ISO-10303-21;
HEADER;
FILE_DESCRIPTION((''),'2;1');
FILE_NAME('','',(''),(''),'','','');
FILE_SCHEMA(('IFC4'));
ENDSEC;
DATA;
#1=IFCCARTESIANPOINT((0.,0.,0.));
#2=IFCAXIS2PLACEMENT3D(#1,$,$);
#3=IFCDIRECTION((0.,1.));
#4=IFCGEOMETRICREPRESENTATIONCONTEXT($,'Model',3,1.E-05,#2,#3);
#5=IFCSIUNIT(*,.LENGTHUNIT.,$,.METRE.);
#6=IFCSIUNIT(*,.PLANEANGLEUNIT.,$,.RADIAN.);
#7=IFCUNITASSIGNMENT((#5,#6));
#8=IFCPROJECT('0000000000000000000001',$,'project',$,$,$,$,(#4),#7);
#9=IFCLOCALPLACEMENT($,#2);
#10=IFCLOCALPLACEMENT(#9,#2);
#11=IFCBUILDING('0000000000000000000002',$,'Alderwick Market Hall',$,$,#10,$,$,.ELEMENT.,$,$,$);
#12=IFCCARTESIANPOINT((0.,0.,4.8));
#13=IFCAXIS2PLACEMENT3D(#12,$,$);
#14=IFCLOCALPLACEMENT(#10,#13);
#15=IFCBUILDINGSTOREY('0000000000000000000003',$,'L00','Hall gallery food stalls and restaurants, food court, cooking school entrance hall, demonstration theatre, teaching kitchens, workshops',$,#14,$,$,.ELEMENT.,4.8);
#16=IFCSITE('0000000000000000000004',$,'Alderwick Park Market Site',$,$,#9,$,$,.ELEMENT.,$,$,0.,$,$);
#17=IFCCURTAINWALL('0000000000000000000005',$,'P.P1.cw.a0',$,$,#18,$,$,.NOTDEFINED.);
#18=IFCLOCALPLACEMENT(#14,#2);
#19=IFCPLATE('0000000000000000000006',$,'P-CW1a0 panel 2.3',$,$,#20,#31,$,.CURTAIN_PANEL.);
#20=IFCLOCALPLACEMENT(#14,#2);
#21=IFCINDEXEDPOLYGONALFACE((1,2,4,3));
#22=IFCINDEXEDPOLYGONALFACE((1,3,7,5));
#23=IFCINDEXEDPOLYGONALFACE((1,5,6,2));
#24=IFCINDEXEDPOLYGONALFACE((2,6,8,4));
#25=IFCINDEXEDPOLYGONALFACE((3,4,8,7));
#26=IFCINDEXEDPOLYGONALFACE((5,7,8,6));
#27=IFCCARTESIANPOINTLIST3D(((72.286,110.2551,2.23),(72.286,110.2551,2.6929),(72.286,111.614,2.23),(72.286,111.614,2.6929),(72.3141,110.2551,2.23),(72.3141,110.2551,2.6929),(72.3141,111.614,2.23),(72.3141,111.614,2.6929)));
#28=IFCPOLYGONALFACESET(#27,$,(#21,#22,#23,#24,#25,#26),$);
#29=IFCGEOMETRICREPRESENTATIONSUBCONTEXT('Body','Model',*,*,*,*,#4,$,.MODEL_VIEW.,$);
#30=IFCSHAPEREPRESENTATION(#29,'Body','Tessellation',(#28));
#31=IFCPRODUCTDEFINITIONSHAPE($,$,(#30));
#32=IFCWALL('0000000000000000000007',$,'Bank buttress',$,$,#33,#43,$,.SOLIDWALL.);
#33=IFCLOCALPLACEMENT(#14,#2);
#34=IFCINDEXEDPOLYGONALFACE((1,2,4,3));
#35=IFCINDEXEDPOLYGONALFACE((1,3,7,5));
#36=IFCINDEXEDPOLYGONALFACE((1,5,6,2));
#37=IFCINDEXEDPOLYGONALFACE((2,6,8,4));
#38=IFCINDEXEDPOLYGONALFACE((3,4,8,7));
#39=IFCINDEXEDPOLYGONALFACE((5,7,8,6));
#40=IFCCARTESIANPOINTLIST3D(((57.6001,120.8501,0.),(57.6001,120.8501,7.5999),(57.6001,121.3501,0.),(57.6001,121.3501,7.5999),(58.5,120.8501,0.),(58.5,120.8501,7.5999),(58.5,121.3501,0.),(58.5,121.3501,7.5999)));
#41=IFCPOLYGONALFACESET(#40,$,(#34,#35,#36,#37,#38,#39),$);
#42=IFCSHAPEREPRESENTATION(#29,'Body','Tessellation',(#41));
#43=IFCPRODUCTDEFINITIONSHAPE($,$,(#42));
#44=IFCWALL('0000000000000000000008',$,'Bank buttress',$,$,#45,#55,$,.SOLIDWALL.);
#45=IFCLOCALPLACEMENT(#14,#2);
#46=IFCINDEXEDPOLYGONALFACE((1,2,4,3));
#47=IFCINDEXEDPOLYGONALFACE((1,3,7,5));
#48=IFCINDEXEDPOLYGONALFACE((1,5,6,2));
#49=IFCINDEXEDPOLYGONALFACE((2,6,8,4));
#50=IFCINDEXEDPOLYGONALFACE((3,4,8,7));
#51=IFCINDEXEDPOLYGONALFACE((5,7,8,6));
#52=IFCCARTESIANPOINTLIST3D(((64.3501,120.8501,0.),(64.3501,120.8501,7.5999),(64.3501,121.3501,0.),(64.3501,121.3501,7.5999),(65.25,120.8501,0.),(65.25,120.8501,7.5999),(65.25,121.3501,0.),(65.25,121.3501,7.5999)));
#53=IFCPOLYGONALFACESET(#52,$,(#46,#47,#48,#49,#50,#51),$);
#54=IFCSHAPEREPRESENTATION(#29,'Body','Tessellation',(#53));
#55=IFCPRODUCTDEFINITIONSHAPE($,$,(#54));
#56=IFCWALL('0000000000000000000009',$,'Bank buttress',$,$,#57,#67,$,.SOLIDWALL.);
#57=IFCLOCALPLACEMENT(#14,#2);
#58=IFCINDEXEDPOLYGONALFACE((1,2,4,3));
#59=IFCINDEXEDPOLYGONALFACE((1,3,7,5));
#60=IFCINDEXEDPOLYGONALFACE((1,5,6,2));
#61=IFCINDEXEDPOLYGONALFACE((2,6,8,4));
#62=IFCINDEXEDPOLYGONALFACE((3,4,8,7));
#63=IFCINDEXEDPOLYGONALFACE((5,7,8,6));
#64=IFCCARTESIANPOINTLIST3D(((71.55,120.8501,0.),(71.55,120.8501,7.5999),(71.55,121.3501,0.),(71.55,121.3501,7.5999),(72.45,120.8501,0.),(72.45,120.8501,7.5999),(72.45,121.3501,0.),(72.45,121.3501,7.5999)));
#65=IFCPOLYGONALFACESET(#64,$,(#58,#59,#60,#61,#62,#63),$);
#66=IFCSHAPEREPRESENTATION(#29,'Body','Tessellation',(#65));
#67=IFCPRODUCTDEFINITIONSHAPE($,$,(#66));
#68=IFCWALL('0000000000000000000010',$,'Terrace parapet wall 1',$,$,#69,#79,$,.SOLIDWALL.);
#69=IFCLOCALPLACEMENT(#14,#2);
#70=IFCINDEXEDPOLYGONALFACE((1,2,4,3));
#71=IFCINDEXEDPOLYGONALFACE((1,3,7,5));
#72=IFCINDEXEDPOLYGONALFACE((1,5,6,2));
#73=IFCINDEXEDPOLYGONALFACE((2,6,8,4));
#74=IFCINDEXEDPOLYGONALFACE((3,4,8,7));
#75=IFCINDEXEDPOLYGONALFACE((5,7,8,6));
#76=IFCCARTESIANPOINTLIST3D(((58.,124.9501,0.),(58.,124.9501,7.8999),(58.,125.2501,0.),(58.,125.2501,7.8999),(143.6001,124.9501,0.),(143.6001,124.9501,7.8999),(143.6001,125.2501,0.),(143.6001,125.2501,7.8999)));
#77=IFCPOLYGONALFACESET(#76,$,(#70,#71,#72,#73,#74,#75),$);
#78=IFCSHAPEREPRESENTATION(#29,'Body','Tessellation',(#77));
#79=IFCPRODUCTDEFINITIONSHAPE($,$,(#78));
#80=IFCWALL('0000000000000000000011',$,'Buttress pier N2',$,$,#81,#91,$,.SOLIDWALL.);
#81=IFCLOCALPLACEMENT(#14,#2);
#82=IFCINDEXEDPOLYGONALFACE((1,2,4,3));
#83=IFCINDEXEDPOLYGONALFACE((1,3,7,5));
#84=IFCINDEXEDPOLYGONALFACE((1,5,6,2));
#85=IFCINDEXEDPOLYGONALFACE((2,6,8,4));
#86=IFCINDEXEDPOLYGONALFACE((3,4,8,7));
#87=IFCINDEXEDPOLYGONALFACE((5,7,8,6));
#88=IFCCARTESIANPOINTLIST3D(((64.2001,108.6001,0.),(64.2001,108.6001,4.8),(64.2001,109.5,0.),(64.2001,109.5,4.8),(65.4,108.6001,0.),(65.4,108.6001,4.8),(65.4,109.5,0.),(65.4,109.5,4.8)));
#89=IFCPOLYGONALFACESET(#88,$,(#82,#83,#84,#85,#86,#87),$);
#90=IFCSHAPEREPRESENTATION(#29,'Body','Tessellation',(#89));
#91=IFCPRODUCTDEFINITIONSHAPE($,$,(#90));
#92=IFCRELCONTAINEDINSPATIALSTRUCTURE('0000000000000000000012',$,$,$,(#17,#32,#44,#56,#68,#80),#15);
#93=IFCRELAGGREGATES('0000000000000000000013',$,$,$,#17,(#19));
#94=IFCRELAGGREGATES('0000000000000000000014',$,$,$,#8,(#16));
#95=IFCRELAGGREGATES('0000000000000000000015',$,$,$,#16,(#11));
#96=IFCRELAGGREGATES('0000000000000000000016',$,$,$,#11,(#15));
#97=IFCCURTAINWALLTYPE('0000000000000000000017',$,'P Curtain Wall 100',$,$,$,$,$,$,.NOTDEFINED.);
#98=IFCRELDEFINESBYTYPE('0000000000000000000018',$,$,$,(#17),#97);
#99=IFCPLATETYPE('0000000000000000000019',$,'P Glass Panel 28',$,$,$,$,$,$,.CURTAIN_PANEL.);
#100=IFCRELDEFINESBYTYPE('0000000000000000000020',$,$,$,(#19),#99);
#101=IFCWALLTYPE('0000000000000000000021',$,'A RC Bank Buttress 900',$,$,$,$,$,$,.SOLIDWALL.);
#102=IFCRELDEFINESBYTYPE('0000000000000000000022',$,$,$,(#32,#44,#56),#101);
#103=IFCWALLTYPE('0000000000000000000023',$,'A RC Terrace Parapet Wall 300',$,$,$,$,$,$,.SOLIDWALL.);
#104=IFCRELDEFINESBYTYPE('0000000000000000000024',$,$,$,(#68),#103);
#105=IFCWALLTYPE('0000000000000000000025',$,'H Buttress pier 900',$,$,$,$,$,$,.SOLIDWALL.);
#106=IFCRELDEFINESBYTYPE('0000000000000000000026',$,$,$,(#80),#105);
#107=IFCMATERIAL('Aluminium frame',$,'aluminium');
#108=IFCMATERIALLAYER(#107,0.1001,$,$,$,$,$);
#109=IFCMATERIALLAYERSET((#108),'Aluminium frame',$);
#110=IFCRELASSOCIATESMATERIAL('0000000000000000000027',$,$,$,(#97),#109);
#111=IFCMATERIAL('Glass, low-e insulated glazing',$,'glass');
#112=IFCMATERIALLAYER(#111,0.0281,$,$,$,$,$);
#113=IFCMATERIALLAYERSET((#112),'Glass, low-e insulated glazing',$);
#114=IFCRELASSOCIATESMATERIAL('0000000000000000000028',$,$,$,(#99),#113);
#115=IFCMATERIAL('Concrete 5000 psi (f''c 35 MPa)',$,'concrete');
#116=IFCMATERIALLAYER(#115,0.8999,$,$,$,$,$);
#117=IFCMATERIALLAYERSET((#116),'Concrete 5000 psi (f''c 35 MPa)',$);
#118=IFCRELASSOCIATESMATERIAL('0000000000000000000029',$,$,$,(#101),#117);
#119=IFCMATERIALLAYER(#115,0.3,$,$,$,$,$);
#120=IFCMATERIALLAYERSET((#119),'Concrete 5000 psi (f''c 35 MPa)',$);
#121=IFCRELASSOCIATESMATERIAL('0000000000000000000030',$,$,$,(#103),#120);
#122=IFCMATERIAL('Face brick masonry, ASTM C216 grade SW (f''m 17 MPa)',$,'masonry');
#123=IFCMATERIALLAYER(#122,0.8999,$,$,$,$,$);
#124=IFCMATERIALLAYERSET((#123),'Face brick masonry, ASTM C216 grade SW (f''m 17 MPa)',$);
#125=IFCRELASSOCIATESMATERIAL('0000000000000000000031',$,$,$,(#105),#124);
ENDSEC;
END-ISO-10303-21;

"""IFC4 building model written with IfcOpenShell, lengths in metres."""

from ifc_helpers import new_model, si_unit, direction, frame, frame_2d, origin, origin_2d, place, context, subcontext, project, spatial, rectangle, extrude, material, layer, layer_set, type_object, element, aggregate, save


model = new_model("IFC4")

# Units and contexts
model_context = context("Model", 3, precision=1e-05, world=origin(), true_north=direction((0.0, 1.0)))
body_context = subcontext(model_context, "Body", "Model", "MODEL_VIEW")
ifc_project = project(units=[si_unit("LENGTHUNIT", "METRE"), si_unit("PLANEANGLEUNIT", "RADIAN")], contexts=[model_context])

# Site, building, storey
site_placement = place(None, origin())
site = spatial("IfcSite", under=ifc_project, at=site_placement, Name="Alderwick Park Market Site", CompositionType="ELEMENT", RefElevation=0.0)
building_placement = place(site_placement, origin())
building = spatial("IfcBuilding", under=site, at=building_placement, Name="Alderwick Market Hall", CompositionType="ELEMENT")
storey_placement = place(building_placement, frame((0.0, 0.0, 4.8)))
storey = spatial("IfcBuildingStorey", under=building, at=storey_placement, Name="L00", Description="Hall gallery food stalls and restaurants, food court, cooking school entrance hall, demonstration theatre, teaching kitchens, workshops", CompositionType="ELEMENT", Elevation=4.8)

# Curtain wall, plate
ifc_material_1 = material(Name="Aluminium frame", Category="aluminium")
ifc_layer_1 = layer(ifc_material_1, 0.1001)
ifc_layer_set_1 = layer_set([ifc_layer_1], Name="Aluminium frame")
curtain_wall_type = type_object("IfcCurtainWallType", Name="P Curtain Wall 100", PredefinedType="NOTDEFINED", material=ifc_layer_set_1)
curtain_wall_placement = place(storey_placement, origin())
curtain_wall = element("IfcCurtainWall", 1, at=curtain_wall_placement, inside=storey, type_object=curtain_wall_type, Name="P.P1.cw.a0", PredefinedType="NOTDEFINED")
ifc_material_2 = material(Name="Glass, low-e insulated glazing", Category="glass")
ifc_layer_2 = layer(ifc_material_2, 0.0281)
ifc_layer_set_2 = layer_set([ifc_layer_2], Name="Glass, low-e insulated glazing")
plate_type = type_object("IfcPlateType", Name="P Glass Panel 28", PredefinedType="CURTAIN_PANEL", material=ifc_layer_set_2)
plate_1_placement = place(storey_placement, frame((72.3, 110.9346, 2.23), z_axis=(0.0, 0.0, 1.0), x_axis=(0.0, 1.0, 0.0)))
plate_1 = element("IfcPlate", 2, at=plate_1_placement, type_object=plate_type, Name="P-CW1a0 panel 2.3", PredefinedType="CURTAIN_PANEL", context=body_context, shape_type="SweptSolid", body=[
    extrude(rectangle(XDim=1.3589, YDim=0.0281, at=origin_2d()), origin(), (0.0, 0.0, 1.0), 0.4629),
])
aggregate(curtain_wall, [plate_1])

# Walls
ifc_material_3 = material(Name="Concrete 5000 psi (f'c 35 MPa)", Category="concrete")
ifc_layer_3 = layer(ifc_material_3, 0.8999)
ifc_layer_set_3 = layer_set([ifc_layer_3], Name="Concrete 5000 psi (f'c 35 MPa)")
wall_type_1 = type_object("IfcWallType", Name="A RC Bank Buttress 900", PredefinedType="SOLIDWALL", material=ifc_layer_set_3)
for number, where, z_axis, x_axis, name in (
    (3, (58.05, 121.3501, 0.0), (0.0, 0.0, 1.0), (0.0, -1.0, 0.0), "Bank buttress"),
    (4, (64.8, 121.3501, 0.0), (0.0, 0.0, 1.0), (0.0, -1.0, 0.0), "Bank buttress"),
    (5, (72.0, 121.3501, 0.0), (0.0, 0.0, 1.0), (0.0, -1.0, 0.0), "Bank buttress"),
):
    element("IfcWall", number, at=place(storey_placement, frame(where, z_axis=z_axis, x_axis=x_axis)), inside=storey, type_object=wall_type_1, Name=name, PredefinedType="SOLIDWALL", context=body_context, shape_type="SweptSolid", body=[
        extrude(rectangle(XDim=0.5, YDim=0.8999, at=frame_2d((0.25, 0.0))), origin(), (0.0, 0.0, 1.0), 7.5999),
    ])
ifc_layer_4 = layer(ifc_material_3, 0.3)
ifc_layer_set_4 = layer_set([ifc_layer_4], Name="Concrete 5000 psi (f'c 35 MPa)")
wall_type_2 = type_object("IfcWallType", Name="A RC Terrace Parapet Wall 300", PredefinedType="SOLIDWALL", material=ifc_layer_set_4)
wall_1_placement = place(storey_placement, frame((58.0, 125.1001, 0.0), z_axis=(0.0, 0.0, 1.0), x_axis=(1.0, 0.0, 0.0)))
element("IfcWall", 6, at=wall_1_placement, inside=storey, type_object=wall_type_2, Name="Terrace parapet wall 1", PredefinedType="SOLIDWALL", context=body_context, shape_type="SweptSolid", body=[
    extrude(rectangle(XDim=85.6001, YDim=0.3, at=frame_2d((42.8, 0.0))), origin(), (0.0, 0.0, 1.0), 7.8999),
])
ifc_material_4 = material(Name="Face brick masonry, ASTM C216 grade SW (f'm 17 MPa)", Category="masonry")
ifc_layer_5 = layer(ifc_material_4, 0.8999)
ifc_layer_set_5 = layer_set([ifc_layer_5], Name="Face brick masonry, ASTM C216 grade SW (f'm 17 MPa)")
wall_type_3 = type_object("IfcWallType", Name="H Buttress pier 900", PredefinedType="SOLIDWALL", material=ifc_layer_set_5)
wall_2_placement = place(storey_placement, frame((64.2, 109.05, 0.0), z_axis=(0.0, 0.0, 1.0), x_axis=(1.0, 0.0, 0.0)))
element("IfcWall", 7, at=wall_2_placement, inside=storey, type_object=wall_type_3, Name="Buttress pier N2", PredefinedType="SOLIDWALL", context=body_context, shape_type="SweptSolid", body=[
    extrude(rectangle(XDim=1.2, YDim=0.8999, at=frame_2d((0.6001, 0.0))), origin(), (0.0, 0.0, 1.0), 4.8),
])

save(model, "model.ifc")
